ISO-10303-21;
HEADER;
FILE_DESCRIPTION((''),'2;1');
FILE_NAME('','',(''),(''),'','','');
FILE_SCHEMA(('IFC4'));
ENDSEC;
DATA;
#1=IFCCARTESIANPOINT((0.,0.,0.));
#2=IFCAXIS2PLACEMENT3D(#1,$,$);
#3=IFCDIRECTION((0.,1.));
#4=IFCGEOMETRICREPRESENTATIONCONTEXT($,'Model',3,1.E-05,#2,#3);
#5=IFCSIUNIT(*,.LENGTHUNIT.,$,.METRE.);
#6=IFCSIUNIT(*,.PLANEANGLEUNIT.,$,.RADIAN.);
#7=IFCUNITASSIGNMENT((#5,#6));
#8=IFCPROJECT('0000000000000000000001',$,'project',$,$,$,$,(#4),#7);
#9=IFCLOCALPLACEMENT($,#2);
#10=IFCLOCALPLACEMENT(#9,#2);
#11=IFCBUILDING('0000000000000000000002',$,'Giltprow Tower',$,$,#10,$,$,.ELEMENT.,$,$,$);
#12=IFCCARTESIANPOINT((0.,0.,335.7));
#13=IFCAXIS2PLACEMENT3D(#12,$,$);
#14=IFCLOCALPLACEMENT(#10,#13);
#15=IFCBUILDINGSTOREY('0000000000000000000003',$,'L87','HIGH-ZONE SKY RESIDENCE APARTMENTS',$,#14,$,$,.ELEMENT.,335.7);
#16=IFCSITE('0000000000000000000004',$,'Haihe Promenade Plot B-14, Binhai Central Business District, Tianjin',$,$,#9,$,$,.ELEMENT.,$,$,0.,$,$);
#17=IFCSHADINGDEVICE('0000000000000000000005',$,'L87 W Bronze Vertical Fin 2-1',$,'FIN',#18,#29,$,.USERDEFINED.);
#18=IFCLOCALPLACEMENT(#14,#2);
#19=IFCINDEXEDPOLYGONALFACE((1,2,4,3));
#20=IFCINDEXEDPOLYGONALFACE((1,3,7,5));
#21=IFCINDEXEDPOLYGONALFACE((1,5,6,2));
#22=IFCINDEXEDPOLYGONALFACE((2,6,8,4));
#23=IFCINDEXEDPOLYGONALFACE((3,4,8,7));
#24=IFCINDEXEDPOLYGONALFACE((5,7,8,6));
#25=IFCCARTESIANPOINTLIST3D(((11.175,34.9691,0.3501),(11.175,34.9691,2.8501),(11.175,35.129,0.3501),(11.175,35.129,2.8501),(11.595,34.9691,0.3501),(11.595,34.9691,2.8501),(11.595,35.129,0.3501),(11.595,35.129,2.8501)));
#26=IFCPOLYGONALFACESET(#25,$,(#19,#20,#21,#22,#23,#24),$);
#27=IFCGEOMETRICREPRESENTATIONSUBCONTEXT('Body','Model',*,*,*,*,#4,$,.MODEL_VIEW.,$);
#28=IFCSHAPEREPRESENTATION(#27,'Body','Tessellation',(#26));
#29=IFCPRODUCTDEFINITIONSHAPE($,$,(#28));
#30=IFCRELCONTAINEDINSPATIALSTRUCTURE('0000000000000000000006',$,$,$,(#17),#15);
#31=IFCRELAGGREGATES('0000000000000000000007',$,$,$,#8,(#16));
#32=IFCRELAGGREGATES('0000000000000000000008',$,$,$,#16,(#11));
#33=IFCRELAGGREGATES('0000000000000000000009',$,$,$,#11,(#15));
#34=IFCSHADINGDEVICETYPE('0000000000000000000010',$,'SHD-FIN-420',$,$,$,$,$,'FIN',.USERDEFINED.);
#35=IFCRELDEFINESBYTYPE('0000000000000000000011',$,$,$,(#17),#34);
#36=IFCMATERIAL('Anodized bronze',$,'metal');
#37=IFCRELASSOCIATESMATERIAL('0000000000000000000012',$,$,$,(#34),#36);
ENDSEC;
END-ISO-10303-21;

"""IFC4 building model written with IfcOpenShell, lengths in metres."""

from ifc_helpers import new_model, si_unit, direction, frame, origin, origin_2d, place, context, subcontext, project, spatial, rectangle, extrude, source, transform, mapped, material, type_object, element, save


model = new_model("IFC4")

# Units and contexts
model_context = context("Model", 3, precision=1e-05, world=origin(), true_north=direction((0.0, 1.0)))
body_context = subcontext(model_context, "Body", "Model", "MODEL_VIEW")
ifc_project = project(units=[si_unit("LENGTHUNIT", "METRE"), si_unit("PLANEANGLEUNIT", "RADIAN")], contexts=[model_context])

# Site, building, storey
site_placement = place(None, origin())
site = spatial("IfcSite", under=ifc_project, at=site_placement, Name="Haihe Promenade Plot B-14, Binhai Central Business District, Tianjin", CompositionType="ELEMENT", RefElevation=0.0)
building_placement = place(site_placement, origin())
building = spatial("IfcBuilding", under=site, at=building_placement, Name="Giltprow Tower", CompositionType="ELEMENT")
storey_placement = place(building_placement, frame((0.0, 0.0, 335.7)))
storey = spatial("IfcBuildingStorey", under=building, at=storey_placement, Name="L87", Description="HIGH-ZONE SKY RESIDENCE APARTMENTS", CompositionType="ELEMENT", Elevation=335.7)

# Shared definitions
ifc_material_1 = material(Name="Anodized bronze", Category="metal")

# Shading device
shading_device_type = type_object("IfcShadingDeviceType", Name="SHD-FIN-420", ElementType="FIN", PredefinedType="USERDEFINED", material=ifc_material_1)
shared_shape_1 = source(origin(), body_context, "Body", "SweptSolid", [
    extrude(rectangle(XDim=0.4199, YDim=0.1599, at=origin_2d()), origin(), (0.0, 0.0, 1.0), 2.5),
])
shading_device_placement = place(storey_placement, frame((11.385, 35.0491, 0.3501), z_axis=(0.0, 0.0, 1.0), x_axis=(1.0, 0.0, 0.0)))
element("IfcShadingDevice", 1, at=shading_device_placement, inside=storey, type_object=shading_device_type, Name="L87 W Bronze Vertical Fin 2-1", ObjectType="FIN", PredefinedType="USERDEFINED", context=body_context, shape_type="MappedRepresentation", body=[
    mapped(shared_shape_1, transform((0.0, 0.0, 0.0), x_axis=(1.0, 0.0, 0.0), y_axis=(0.0, 1.0, 0.0), z_axis=(0.0, 0.0, 1.0), scale=1.0)),
])

save(model, "model.ifc")
